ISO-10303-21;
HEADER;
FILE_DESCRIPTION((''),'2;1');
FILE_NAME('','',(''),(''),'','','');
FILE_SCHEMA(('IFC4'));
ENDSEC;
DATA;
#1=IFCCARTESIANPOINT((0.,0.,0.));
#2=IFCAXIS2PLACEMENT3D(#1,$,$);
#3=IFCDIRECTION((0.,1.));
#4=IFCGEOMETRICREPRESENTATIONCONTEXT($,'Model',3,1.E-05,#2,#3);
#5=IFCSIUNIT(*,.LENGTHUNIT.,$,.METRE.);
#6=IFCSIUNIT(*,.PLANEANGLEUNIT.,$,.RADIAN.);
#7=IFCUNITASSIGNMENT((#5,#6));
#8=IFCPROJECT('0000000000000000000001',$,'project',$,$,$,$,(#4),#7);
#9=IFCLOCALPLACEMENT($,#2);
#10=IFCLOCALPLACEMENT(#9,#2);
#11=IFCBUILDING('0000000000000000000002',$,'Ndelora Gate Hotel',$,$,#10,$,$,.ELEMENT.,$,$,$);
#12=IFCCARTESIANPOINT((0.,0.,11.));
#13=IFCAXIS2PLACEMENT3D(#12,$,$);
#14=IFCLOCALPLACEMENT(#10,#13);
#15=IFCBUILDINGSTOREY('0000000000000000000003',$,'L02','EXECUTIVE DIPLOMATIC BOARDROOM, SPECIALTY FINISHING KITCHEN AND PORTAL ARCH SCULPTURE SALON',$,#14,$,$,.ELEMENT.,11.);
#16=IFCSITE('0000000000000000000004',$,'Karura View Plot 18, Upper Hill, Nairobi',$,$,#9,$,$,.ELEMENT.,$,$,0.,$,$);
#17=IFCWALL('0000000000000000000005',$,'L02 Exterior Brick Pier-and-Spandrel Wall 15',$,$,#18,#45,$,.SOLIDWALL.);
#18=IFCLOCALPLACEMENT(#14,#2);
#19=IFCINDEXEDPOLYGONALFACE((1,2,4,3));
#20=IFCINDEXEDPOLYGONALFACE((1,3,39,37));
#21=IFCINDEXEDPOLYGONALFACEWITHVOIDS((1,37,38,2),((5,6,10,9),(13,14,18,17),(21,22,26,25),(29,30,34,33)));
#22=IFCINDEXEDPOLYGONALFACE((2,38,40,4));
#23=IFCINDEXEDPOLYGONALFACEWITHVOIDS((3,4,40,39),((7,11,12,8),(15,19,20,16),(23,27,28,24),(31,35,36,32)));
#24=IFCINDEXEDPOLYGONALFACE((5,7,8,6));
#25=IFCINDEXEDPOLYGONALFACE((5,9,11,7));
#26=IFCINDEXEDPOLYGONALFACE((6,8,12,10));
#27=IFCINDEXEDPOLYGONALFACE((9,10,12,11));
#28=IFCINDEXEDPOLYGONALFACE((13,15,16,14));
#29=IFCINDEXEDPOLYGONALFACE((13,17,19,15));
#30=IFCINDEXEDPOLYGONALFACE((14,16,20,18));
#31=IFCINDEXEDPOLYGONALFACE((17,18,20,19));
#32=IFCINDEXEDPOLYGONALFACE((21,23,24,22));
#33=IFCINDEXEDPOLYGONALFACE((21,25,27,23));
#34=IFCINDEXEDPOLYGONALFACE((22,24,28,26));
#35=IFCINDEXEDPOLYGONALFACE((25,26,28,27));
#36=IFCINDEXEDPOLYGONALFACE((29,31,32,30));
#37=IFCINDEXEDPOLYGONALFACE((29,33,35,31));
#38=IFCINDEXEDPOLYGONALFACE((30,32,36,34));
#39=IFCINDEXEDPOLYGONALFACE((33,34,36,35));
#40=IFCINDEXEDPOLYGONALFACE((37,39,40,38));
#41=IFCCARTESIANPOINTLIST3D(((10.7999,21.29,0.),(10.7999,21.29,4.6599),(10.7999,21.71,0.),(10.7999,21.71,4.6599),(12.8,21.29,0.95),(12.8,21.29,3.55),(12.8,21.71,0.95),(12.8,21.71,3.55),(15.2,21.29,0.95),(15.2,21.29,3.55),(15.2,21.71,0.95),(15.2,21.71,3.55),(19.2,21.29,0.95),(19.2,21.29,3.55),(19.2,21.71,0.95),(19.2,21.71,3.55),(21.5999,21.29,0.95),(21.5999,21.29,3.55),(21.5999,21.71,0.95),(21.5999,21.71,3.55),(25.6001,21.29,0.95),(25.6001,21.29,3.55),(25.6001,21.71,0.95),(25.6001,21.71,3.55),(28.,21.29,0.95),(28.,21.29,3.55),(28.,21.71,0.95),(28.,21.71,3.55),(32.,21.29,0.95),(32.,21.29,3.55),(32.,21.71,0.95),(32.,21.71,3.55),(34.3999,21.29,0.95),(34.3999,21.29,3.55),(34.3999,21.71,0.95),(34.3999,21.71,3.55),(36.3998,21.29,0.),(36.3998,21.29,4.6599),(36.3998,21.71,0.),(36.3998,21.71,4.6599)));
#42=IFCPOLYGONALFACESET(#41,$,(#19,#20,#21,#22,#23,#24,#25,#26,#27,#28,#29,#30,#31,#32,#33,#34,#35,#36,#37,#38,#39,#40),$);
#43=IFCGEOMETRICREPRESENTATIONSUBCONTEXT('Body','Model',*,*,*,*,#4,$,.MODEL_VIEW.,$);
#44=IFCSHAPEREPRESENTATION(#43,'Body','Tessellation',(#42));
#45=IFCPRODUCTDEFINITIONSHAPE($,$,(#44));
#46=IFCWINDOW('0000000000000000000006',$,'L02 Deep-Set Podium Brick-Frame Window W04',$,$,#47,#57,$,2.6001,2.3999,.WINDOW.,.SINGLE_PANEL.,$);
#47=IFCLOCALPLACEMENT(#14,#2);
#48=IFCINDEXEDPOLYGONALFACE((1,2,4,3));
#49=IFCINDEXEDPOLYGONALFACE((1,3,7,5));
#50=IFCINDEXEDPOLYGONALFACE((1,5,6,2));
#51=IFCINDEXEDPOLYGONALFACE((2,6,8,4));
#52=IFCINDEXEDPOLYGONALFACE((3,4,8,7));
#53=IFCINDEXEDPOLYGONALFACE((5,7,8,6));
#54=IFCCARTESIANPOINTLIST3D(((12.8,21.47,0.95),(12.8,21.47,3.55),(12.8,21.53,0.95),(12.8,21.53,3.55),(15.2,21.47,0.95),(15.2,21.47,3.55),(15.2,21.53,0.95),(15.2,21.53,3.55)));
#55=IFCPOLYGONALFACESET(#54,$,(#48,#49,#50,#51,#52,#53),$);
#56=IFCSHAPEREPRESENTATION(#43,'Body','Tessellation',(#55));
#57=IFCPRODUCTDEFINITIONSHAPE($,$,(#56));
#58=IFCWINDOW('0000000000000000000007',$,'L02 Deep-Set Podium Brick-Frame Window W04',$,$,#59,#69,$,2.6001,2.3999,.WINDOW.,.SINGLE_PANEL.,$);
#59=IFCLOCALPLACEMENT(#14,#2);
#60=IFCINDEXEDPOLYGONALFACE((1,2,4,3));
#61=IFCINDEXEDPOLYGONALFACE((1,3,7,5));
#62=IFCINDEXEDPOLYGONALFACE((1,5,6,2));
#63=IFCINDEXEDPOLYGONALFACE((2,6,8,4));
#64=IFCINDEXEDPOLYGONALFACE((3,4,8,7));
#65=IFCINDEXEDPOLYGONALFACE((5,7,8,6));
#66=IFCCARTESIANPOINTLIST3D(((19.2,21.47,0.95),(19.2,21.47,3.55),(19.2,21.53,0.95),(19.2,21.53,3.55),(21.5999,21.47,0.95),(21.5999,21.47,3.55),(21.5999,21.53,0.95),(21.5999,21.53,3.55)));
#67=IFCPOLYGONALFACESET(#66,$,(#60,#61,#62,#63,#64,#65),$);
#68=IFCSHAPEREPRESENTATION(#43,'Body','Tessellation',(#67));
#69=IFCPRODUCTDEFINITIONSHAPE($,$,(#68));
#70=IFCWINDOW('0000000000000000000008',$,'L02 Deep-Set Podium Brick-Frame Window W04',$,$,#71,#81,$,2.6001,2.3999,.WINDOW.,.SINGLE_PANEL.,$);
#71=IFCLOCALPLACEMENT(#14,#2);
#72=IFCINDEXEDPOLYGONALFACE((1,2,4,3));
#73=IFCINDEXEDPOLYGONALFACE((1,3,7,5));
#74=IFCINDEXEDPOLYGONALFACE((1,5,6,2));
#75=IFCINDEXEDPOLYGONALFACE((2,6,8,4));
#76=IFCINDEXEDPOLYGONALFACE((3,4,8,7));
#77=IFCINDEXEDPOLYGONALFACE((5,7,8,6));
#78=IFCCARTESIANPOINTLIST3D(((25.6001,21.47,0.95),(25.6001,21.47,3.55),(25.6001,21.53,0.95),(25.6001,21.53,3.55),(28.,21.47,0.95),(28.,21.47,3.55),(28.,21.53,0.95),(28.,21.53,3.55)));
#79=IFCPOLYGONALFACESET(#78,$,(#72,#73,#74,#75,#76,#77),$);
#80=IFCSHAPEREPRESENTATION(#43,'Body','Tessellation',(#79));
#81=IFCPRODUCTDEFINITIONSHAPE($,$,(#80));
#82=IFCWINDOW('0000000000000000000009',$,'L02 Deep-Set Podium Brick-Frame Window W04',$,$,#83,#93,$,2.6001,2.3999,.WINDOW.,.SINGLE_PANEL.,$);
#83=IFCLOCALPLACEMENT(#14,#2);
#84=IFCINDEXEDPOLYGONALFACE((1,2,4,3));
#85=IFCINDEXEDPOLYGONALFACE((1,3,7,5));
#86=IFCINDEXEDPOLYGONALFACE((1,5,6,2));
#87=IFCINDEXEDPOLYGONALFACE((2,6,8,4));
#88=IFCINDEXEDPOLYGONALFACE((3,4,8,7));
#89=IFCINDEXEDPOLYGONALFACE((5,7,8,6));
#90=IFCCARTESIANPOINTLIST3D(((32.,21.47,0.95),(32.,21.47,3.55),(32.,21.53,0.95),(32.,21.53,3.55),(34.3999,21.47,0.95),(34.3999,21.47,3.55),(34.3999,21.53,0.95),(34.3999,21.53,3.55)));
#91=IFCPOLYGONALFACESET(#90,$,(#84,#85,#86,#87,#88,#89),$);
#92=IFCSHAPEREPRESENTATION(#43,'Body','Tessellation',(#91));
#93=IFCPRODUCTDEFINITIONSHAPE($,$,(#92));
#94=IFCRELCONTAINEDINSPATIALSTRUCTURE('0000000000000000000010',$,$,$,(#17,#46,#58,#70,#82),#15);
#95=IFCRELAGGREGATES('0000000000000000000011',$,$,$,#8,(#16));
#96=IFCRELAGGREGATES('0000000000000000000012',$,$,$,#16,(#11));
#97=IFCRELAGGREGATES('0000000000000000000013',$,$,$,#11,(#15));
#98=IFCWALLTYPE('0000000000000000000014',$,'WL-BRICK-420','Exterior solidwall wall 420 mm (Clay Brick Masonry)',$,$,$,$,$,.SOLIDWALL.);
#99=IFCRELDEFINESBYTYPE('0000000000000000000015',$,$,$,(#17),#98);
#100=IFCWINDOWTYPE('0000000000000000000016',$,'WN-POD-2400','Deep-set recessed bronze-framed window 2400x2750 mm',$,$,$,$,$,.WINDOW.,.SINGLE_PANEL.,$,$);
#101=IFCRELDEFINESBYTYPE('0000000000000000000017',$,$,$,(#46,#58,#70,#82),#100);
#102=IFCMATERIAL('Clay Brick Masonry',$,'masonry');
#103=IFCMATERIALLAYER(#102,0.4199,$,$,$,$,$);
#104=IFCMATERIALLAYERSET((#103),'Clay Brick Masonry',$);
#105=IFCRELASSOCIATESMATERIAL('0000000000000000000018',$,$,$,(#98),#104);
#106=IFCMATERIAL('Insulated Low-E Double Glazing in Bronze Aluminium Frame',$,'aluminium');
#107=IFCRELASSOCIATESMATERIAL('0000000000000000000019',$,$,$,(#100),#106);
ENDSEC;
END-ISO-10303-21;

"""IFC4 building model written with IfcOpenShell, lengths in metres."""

from ifc_helpers import new_model, si_unit, direction, frame, frame_2d, origin, place, context, subcontext, project, spatial, rectangle, extrude, material, layer, layer_set, type_object, element, fill, save


model = new_model("IFC4")

# Units and contexts
model_context = context("Model", 3, precision=1e-05, world=origin(), true_north=direction((0.0, 1.0)))
body_context = subcontext(model_context, "Body", "Model", "MODEL_VIEW")
ifc_project = project(units=[si_unit("LENGTHUNIT", "METRE"), si_unit("PLANEANGLEUNIT", "RADIAN")], contexts=[model_context])

# Site, building, storey
site_placement = place(None, origin())
site = spatial("IfcSite", under=ifc_project, at=site_placement, Name="Karura View Plot 18, Upper Hill, Nairobi", CompositionType="ELEMENT", RefElevation=0.0)
building_placement = place(site_placement, origin())
building = spatial("IfcBuilding", under=site, at=building_placement, Name="Ndelora Gate Hotel", CompositionType="ELEMENT")
storey_placement = place(building_placement, frame((0.0, 0.0, 11.0)))
storey = spatial("IfcBuildingStorey", under=building, at=storey_placement, Name="L02", Description="EXECUTIVE DIPLOMATIC BOARDROOM, SPECIALTY FINISHING KITCHEN AND PORTAL ARCH SCULPTURE SALON", CompositionType="ELEMENT", Elevation=11.0)

# Shared definitions
ifc_material_1 = material(Name="Clay Brick Masonry", Category="masonry")

# Wall, openings, windows
ifc_layer_1 = layer(ifc_material_1, 0.4199)
ifc_layer_set_1 = layer_set([ifc_layer_1], Name="Clay Brick Masonry")
wall_type_1 = type_object("IfcWallType", Name="WL-BRICK-420", Description="Exterior solidwall wall 420 mm (Clay Brick Masonry)", PredefinedType="SOLIDWALL", material=ifc_layer_set_1)
wall_1_placement = place(storey_placement, frame((10.8, 21.5, 0.0), z_axis=(0.0, 0.0, 1.0), x_axis=(1.0, 0.0, 0.0)))
wall_1 = element("IfcWall", 1, at=wall_1_placement, inside=storey, type_object=wall_type_1, Name="L02 Exterior Brick Pier-and-Spandrel Wall 15", PredefinedType="SOLIDWALL", context=body_context, shape_type="SweptSolid", body=[
    extrude(rectangle(XDim=25.5999, YDim=0.4199, at=frame_2d((12.7998, 0.0))), origin(), (0.0, 0.0, 1.0), 4.6599),
])
opening_1_placement = place(wall_1_placement, frame((2.0, 0.0, 0.95)))
opening_1 = element("IfcOpeningElement", 2, at=opening_1_placement, cuts=wall_1, PredefinedType="OPENING", context=body_context, shape_type="SweptSolid", body=[
    extrude(rectangle(XDim=2.3999, YDim=2.6001, at=frame_2d((1.2, 1.3))), frame((0.0, 0.22, 0.0), z_axis=(0.0, -1.0, 0.0), x_axis=(1.0, 0.0, 0.0)), (0.0, 0.0, 1.0), 0.4399),
])
opening_2_placement = place(wall_1_placement, frame((8.3999, 0.0, 0.95)))
opening_2 = element("IfcOpeningElement", 3, at=opening_2_placement, cuts=wall_1, PredefinedType="OPENING", context=body_context, shape_type="SweptSolid", body=[
    extrude(rectangle(XDim=2.3999, YDim=2.6001, at=frame_2d((1.2, 1.3))), frame((0.0, 0.22, 0.0), z_axis=(0.0, -1.0, 0.0), x_axis=(1.0, 0.0, 0.0)), (0.0, 0.0, 1.0), 0.4399),
])
opening_3_placement = place(wall_1_placement, frame((14.8, 0.0, 0.95)))
opening_3 = element("IfcOpeningElement", 4, at=opening_3_placement, cuts=wall_1, PredefinedType="OPENING", context=body_context, shape_type="SweptSolid", body=[
    extrude(rectangle(XDim=2.3999, YDim=2.6001, at=frame_2d((1.2, 1.3))), frame((0.0, 0.22, 0.0), z_axis=(0.0, -1.0, 0.0), x_axis=(1.0, 0.0, 0.0)), (0.0, 0.0, 1.0), 0.4399),
])
opening_4_placement = place(wall_1_placement, frame((21.2, 0.0, 0.95)))
opening_4 = element("IfcOpeningElement", 5, at=opening_4_placement, cuts=wall_1, PredefinedType="OPENING", context=body_context, shape_type="SweptSolid", body=[
    extrude(rectangle(XDim=2.3999, YDim=2.6001, at=frame_2d((1.2, 1.3))), frame((0.0, 0.22, 0.0), z_axis=(0.0, -1.0, 0.0), x_axis=(1.0, 0.0, 0.0)), (0.0, 0.0, 1.0), 0.4399),
])
ifc_material_2 = material(Name="Insulated Low-E Double Glazing in Bronze Aluminium Frame", Category="aluminium")
window_type = type_object("IfcWindowType", Name="WN-POD-2400", Description="Deep-set recessed bronze-framed window 2400x2750 mm", PartitioningType="SINGLE_PANEL", PredefinedType="WINDOW", material=ifc_material_2)
window_1_placement = place(opening_1_placement, origin())
window_1 = element("IfcWindow", 6, at=window_1_placement, inside=storey, type_object=window_type, Name="L02 Deep-Set Podium Brick-Frame Window W04", OverallHeight=2.6001, OverallWidth=2.3999, PartitioningType="SINGLE_PANEL", PredefinedType="WINDOW", context=body_context, shape_type="SweptSolid", body=[
    extrude(rectangle(XDim=2.3999, YDim=2.6001, at=frame_2d((1.2, 1.3))), frame((0.0, 0.03, 0.0), z_axis=(0.0, -1.0, 0.0), x_axis=(1.0, 0.0, 0.0)), (0.0, 0.0, 1.0), 0.0601),
])
fill(opening_1, window_1)
window_2_placement = place(opening_2_placement, origin())
window_2 = element("IfcWindow", 7, at=window_2_placement, inside=storey, type_object=window_type, Name="L02 Deep-Set Podium Brick-Frame Window W04", OverallHeight=2.6001, OverallWidth=2.3999, PartitioningType="SINGLE_PANEL", PredefinedType="WINDOW", context=body_context, shape_type="SweptSolid", body=[
    extrude(rectangle(XDim=2.3999, YDim=2.6001, at=frame_2d((1.2, 1.3))), frame((0.0, 0.03, 0.0), z_axis=(0.0, -1.0, 0.0), x_axis=(1.0, 0.0, 0.0)), (0.0, 0.0, 1.0), 0.0601),
])
fill(opening_2, window_2)
window_3_placement = place(opening_3_placement, origin())
window_3 = element("IfcWindow", 8, at=window_3_placement, inside=storey, type_object=window_type, Name="L02 Deep-Set Podium Brick-Frame Window W04", OverallHeight=2.6001, OverallWidth=2.3999, PartitioningType="SINGLE_PANEL", PredefinedType="WINDOW", context=body_context, shape_type="SweptSolid", body=[
    extrude(rectangle(XDim=2.3999, YDim=2.6001, at=frame_2d((1.2, 1.3))), frame((0.0, 0.03, 0.0), z_axis=(0.0, -1.0, 0.0), x_axis=(1.0, 0.0, 0.0)), (0.0, 0.0, 1.0), 0.0601),
])
fill(opening_3, window_3)
window_4_placement = place(opening_4_placement, origin())
window_4 = element("IfcWindow", 9, at=window_4_placement, inside=storey, type_object=window_type, Name="L02 Deep-Set Podium Brick-Frame Window W04", OverallHeight=2.6001, OverallWidth=2.3999, PartitioningType="SINGLE_PANEL", PredefinedType="WINDOW", context=body_context, shape_type="SweptSolid", body=[
    extrude(rectangle(XDim=2.3999, YDim=2.6001, at=frame_2d((1.2, 1.3))), frame((0.0, 0.03, 0.0), z_axis=(0.0, -1.0, 0.0), x_axis=(1.0, 0.0, 0.0)), (0.0, 0.0, 1.0), 0.0601),
])
fill(opening_4, window_4)

save(model, "model.ifc")
